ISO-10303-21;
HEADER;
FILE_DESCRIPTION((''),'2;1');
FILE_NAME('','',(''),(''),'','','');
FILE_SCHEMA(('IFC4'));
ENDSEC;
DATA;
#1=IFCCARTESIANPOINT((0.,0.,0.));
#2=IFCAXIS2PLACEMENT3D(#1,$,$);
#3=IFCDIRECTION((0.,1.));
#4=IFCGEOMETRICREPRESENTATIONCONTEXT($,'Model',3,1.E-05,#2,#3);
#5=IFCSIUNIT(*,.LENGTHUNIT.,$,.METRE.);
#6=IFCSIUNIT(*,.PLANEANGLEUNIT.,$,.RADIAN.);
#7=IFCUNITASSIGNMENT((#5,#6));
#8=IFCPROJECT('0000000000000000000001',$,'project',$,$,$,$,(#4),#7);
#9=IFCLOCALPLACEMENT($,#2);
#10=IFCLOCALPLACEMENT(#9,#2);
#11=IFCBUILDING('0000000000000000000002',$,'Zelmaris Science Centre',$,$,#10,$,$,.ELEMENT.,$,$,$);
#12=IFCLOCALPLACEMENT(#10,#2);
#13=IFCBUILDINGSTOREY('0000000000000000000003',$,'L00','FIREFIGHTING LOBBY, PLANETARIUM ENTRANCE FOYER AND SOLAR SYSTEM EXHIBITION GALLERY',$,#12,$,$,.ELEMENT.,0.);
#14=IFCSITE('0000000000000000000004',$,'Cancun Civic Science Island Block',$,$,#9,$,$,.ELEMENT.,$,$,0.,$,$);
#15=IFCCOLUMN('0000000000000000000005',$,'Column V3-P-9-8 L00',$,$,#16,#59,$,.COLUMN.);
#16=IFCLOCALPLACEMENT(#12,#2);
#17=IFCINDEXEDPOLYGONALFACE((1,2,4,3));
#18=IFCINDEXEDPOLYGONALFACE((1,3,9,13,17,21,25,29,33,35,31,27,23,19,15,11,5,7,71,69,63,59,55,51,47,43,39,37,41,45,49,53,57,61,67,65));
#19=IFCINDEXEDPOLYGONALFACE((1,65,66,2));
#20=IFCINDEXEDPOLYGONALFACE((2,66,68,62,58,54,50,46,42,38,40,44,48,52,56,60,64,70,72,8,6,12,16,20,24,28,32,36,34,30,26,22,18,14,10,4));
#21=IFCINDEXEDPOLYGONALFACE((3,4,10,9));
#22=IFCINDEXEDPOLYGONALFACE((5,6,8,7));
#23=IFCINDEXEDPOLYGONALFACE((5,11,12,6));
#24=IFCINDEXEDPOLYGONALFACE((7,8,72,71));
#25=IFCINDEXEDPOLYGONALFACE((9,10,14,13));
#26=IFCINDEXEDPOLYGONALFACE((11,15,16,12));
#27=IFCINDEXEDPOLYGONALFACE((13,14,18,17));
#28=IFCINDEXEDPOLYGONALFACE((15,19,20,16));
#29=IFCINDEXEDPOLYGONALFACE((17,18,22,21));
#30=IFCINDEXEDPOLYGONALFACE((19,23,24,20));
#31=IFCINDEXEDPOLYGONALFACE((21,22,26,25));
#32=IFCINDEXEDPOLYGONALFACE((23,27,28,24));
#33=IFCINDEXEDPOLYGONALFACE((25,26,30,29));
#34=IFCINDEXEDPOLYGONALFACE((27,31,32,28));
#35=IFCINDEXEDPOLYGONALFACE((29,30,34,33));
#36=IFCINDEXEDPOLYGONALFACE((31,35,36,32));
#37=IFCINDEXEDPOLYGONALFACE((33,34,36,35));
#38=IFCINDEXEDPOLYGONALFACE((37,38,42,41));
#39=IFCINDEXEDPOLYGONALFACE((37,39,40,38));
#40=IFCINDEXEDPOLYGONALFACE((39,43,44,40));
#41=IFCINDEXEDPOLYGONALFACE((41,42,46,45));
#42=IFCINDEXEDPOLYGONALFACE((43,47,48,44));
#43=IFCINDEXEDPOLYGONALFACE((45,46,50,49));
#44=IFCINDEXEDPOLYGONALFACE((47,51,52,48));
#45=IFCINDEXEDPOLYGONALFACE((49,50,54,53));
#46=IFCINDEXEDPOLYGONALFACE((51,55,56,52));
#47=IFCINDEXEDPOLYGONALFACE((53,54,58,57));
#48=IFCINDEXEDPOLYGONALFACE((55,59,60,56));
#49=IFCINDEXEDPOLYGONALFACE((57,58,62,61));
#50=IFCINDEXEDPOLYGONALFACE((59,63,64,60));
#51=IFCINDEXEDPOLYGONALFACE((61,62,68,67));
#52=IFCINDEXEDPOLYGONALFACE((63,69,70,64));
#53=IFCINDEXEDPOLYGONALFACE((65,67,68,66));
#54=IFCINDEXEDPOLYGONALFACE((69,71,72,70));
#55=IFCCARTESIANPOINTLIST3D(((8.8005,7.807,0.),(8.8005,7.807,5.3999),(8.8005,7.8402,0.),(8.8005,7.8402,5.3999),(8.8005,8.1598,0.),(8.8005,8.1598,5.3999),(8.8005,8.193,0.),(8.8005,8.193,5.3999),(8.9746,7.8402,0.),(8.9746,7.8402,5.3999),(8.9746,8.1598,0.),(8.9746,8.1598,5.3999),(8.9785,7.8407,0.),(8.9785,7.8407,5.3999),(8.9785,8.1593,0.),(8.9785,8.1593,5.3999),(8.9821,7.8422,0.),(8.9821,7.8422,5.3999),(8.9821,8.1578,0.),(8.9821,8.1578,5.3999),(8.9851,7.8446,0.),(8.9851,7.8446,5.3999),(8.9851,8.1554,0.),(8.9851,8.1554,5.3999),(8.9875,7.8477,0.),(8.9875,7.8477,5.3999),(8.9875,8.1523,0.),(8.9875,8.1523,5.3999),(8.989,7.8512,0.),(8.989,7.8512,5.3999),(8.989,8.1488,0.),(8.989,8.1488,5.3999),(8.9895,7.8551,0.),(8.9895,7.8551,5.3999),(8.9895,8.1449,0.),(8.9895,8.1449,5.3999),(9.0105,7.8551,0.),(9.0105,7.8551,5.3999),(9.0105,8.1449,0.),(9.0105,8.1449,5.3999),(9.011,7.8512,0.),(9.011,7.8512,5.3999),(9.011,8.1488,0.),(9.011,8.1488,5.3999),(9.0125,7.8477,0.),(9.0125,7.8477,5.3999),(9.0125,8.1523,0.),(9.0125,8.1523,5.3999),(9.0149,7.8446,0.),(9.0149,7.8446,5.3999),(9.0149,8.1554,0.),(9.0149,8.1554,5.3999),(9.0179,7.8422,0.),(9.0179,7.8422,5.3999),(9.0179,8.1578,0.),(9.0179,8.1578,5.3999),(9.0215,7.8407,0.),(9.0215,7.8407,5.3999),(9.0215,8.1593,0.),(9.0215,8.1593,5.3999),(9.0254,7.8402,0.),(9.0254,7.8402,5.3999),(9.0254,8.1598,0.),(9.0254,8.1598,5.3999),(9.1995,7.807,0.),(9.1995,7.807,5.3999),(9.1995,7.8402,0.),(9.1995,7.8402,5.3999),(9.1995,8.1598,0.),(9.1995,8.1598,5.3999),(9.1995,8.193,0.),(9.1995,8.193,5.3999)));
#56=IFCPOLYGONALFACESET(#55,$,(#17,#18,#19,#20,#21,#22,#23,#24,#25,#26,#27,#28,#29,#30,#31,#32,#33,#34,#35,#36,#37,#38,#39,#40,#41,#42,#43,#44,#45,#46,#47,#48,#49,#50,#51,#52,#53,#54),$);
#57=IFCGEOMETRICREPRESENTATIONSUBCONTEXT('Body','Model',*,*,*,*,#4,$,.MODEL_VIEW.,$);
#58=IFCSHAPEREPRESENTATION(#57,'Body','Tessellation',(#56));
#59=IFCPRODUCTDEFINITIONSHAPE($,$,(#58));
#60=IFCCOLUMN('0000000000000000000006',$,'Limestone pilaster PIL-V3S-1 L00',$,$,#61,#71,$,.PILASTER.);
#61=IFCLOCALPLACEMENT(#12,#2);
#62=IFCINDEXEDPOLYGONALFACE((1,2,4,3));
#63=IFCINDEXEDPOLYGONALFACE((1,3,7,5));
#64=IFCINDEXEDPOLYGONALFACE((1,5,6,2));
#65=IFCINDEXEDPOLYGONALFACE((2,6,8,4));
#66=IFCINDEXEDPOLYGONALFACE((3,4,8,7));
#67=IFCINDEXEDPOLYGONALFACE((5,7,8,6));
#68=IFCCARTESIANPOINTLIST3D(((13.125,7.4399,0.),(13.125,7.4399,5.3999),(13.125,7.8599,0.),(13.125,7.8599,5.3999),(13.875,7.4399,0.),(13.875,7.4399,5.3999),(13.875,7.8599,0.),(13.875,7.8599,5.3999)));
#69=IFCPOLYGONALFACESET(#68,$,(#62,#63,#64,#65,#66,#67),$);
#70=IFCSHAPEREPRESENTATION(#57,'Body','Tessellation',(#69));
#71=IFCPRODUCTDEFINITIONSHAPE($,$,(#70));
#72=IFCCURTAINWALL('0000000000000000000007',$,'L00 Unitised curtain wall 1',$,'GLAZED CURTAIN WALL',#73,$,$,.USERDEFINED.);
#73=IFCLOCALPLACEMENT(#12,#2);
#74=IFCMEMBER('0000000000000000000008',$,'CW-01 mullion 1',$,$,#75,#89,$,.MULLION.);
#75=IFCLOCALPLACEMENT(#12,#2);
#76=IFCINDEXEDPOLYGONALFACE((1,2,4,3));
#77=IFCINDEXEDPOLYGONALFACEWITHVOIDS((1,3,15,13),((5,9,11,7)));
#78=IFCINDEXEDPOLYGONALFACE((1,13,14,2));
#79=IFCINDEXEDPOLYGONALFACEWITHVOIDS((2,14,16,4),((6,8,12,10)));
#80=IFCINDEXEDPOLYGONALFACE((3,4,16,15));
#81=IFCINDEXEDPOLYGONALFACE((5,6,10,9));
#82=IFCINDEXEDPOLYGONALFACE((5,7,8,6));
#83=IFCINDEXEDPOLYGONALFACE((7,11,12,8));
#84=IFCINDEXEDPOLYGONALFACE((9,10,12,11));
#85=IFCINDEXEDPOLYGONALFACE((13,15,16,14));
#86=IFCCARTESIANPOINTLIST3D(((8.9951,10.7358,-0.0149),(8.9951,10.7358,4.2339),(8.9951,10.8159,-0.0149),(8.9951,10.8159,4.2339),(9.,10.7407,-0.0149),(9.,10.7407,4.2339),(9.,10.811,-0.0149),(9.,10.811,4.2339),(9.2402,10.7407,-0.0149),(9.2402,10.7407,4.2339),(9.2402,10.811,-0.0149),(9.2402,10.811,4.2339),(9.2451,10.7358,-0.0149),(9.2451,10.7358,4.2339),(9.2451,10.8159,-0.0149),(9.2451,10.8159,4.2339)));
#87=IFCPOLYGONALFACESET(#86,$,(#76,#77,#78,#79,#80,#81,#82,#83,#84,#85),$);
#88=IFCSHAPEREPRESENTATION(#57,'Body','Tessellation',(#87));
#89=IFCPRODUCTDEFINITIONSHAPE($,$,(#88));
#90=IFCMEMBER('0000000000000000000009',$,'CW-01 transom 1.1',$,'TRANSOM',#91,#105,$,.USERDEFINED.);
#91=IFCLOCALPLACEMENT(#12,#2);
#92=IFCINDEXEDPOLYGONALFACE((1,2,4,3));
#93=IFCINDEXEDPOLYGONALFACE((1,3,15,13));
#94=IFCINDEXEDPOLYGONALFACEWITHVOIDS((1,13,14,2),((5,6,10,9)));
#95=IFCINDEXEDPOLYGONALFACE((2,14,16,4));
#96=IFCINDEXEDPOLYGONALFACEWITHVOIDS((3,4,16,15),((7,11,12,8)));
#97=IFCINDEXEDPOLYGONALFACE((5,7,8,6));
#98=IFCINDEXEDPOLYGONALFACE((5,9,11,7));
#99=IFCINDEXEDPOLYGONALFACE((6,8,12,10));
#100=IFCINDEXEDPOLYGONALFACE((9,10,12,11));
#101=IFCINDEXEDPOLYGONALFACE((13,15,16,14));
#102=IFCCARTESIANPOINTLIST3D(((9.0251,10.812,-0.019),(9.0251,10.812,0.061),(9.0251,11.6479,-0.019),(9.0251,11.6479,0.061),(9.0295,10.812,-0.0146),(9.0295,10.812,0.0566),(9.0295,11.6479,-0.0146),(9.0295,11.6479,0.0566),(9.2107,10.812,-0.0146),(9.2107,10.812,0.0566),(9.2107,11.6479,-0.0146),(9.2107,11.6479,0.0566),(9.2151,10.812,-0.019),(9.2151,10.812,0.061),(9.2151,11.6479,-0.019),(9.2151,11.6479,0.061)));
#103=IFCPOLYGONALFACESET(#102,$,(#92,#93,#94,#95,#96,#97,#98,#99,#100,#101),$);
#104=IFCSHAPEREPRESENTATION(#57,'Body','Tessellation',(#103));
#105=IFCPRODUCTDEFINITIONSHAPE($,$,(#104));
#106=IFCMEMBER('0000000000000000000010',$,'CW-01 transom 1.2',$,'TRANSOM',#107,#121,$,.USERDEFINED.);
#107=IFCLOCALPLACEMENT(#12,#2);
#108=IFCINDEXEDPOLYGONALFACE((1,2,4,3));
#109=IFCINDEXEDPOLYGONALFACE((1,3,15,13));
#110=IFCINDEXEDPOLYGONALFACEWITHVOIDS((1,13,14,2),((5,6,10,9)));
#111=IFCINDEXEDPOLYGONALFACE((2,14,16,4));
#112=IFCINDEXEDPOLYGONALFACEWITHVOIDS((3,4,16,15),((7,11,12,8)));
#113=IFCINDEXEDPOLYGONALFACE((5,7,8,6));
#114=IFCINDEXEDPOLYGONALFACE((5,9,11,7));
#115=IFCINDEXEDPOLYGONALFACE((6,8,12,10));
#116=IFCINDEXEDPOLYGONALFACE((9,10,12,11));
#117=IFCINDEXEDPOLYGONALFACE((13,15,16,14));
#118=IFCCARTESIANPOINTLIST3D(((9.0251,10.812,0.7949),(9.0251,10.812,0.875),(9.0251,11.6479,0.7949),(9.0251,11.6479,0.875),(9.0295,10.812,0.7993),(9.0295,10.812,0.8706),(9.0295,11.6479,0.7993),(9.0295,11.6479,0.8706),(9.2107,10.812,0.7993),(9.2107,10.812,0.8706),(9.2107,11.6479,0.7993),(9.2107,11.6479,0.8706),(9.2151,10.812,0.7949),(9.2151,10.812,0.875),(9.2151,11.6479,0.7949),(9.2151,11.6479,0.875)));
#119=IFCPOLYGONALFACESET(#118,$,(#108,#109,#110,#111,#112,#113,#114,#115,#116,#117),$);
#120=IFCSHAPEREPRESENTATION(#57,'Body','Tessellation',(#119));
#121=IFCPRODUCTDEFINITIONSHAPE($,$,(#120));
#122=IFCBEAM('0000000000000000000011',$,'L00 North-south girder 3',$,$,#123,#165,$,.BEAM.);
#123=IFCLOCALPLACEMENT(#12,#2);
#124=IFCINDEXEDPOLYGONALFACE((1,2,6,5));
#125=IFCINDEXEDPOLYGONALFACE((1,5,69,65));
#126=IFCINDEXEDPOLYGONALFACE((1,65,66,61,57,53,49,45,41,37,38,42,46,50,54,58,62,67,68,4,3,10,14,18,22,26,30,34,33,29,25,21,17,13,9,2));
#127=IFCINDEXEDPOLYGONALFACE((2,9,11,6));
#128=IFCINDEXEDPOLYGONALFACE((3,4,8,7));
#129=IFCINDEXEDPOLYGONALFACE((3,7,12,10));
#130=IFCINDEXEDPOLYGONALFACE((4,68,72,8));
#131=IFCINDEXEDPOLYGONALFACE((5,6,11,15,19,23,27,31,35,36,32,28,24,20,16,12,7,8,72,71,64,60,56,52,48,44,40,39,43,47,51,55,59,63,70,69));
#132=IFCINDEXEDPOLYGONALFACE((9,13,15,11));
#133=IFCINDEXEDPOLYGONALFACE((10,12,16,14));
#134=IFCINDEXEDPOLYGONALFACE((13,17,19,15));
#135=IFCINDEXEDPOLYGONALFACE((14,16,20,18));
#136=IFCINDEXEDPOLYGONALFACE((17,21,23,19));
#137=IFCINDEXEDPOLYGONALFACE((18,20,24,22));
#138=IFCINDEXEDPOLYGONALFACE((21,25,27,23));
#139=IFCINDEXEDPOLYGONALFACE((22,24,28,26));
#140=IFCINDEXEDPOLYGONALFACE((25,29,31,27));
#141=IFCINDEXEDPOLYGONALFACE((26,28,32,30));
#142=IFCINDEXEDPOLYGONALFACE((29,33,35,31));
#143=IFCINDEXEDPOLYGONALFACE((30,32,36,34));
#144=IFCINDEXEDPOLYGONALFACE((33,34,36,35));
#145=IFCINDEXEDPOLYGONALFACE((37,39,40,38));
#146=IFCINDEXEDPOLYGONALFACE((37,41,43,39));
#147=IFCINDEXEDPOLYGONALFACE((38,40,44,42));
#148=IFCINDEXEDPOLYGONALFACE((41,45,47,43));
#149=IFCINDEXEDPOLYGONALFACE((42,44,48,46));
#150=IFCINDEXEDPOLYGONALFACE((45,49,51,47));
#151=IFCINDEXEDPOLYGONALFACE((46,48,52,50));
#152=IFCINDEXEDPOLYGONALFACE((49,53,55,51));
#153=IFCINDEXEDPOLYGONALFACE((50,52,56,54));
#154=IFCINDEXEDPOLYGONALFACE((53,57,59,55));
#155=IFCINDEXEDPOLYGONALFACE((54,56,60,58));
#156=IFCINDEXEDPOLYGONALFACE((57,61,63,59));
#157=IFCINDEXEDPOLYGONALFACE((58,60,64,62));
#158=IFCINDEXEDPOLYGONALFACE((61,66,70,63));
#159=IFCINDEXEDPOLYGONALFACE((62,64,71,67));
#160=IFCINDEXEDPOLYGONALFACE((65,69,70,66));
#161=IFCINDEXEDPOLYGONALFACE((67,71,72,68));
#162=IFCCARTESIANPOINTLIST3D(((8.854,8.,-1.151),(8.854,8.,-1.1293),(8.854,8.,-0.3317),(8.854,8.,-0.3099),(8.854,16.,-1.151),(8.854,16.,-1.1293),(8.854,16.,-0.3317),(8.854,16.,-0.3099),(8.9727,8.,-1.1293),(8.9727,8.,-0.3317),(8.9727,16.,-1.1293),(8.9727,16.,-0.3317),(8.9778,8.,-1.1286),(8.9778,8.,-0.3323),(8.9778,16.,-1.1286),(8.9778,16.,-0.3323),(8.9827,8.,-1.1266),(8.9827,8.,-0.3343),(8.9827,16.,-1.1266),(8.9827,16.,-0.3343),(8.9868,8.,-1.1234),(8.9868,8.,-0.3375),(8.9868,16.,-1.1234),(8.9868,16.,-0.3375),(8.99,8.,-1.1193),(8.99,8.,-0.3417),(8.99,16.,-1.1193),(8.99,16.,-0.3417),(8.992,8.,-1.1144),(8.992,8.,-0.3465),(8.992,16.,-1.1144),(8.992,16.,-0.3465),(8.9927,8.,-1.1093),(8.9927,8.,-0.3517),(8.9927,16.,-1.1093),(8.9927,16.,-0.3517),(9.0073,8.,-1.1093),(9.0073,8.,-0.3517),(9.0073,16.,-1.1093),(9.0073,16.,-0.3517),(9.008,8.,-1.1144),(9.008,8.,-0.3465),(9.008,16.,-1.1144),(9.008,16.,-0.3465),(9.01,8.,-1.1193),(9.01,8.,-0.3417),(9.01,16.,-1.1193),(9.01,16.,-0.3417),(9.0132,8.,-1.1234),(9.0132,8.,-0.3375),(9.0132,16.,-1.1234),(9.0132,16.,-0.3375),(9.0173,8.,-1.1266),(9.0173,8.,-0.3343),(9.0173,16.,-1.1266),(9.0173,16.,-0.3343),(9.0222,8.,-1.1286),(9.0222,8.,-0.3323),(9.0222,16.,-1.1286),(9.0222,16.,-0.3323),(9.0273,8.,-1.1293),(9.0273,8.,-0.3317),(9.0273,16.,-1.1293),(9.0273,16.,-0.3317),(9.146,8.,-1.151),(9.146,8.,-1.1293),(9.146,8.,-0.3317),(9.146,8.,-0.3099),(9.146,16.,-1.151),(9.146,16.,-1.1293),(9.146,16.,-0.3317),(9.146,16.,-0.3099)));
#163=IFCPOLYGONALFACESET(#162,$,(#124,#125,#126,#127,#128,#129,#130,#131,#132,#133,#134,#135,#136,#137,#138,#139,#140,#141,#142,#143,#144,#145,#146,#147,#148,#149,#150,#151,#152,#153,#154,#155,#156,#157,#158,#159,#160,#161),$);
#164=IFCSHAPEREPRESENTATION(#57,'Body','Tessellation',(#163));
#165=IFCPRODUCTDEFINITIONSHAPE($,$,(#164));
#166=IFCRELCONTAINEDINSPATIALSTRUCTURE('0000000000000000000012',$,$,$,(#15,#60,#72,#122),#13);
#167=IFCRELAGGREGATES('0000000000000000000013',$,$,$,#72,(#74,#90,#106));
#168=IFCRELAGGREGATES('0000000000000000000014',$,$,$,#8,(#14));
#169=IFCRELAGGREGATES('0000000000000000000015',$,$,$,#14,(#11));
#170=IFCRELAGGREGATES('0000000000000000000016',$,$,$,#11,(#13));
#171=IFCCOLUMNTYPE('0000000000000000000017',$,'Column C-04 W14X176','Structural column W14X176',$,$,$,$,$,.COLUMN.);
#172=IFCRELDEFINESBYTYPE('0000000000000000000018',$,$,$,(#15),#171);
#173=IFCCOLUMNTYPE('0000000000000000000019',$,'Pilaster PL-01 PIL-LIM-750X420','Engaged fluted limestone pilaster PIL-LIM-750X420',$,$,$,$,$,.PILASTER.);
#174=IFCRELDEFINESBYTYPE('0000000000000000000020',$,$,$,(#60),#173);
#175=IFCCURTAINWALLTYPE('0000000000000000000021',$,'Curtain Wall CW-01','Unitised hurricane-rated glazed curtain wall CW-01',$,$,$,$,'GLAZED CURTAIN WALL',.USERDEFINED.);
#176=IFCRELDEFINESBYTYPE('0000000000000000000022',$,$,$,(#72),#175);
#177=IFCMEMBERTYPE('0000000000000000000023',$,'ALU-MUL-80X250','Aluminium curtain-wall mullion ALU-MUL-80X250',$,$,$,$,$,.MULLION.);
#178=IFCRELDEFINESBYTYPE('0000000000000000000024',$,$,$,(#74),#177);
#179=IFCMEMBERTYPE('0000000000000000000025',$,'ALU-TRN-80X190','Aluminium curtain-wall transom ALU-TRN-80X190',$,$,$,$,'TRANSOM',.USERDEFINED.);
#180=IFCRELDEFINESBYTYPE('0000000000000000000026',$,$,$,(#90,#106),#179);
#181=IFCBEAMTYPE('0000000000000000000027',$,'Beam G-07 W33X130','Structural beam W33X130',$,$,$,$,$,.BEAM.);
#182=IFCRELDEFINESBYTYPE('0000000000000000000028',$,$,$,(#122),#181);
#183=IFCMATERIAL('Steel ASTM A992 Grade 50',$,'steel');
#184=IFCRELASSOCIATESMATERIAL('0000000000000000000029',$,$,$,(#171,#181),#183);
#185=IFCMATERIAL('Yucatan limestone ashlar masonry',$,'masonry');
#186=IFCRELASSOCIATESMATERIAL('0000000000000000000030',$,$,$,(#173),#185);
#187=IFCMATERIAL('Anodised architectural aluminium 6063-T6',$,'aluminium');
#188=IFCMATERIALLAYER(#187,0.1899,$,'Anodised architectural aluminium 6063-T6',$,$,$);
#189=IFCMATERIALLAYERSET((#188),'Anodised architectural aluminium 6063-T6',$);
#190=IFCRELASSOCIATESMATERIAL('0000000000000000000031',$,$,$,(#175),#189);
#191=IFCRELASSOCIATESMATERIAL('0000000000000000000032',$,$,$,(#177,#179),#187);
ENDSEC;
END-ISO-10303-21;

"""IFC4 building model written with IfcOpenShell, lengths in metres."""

from ifc_helpers import new_model, si_unit, direction, frame, origin, origin_2d, place, context, subcontext, project, spatial, rectangle, hollow_rectangle, i_section, extrude, material, layer, layer_set, material_profile, profile_set, type_object, element, aggregate, save


model = new_model("IFC4")

# Units and contexts
model_context = context("Model", 3, precision=1e-05, world=origin(), true_north=direction((0.0, 1.0)))
body_context = subcontext(model_context, "Body", "Model", "MODEL_VIEW")
ifc_project = project(units=[si_unit("LENGTHUNIT", "METRE"), si_unit("PLANEANGLEUNIT", "RADIAN")], contexts=[model_context])

# Site, building, storey
site_placement = place(None, origin())
site = spatial("IfcSite", under=ifc_project, at=site_placement, Name="Cancun Civic Science Island Block", CompositionType="ELEMENT", RefElevation=0.0)
building_placement = place(site_placement, origin())
building = spatial("IfcBuilding", under=site, at=building_placement, Name="Zelmaris Science Centre", CompositionType="ELEMENT")
storey_placement = place(building_placement, origin())
storey = spatial("IfcBuildingStorey", under=building, at=storey_placement, Name="L00", Description="FIREFIGHTING LOBBY, PLANETARIUM ENTRANCE FOYER AND SOLAR SYSTEM EXHIBITION GALLERY", CompositionType="ELEMENT", Elevation=0.0)

# Columns
ifc_material_1 = material(Name="Steel ASTM A992 Grade 50", Category="steel")
ifc_material_profile_1 = material_profile(ifc_material_1, i_section(OverallWidth=0.3989, OverallDepth=0.386, WebThickness=0.021, FlangeThickness=0.0332, FilletRadius=0.0149, at=origin_2d()), Name="W14X176")
ifc_profile_set_1 = profile_set([ifc_material_profile_1], Name="Steel ASTM A992 Grade 50")
column_type_1 = type_object("IfcColumnType", Name="Column C-04 W14X176", Description="Structural column W14X176", PredefinedType="COLUMN", material=ifc_profile_set_1)
column_1_placement = place(storey_placement, frame((9.0, 8.0, 0.0), z_axis=(0.0, 0.0, 1.0), x_axis=(1.0, 0.0, 0.0)))
element("IfcColumn", 1, at=column_1_placement, inside=storey, type_object=column_type_1, Name="Column V3-P-9-8 L00", PredefinedType="COLUMN", context=body_context, shape_type="SweptSolid", body=[
    extrude(i_section(OverallWidth=0.3989, OverallDepth=0.386, WebThickness=0.021, FlangeThickness=0.0332, FilletRadius=0.0149, at=origin_2d()), origin(), (0.0, 0.0, 1.0), 5.3999),
])
ifc_material_2 = material(Name="Yucatan limestone ashlar masonry", Category="masonry")
ifc_material_profile_2 = material_profile(ifc_material_2, rectangle(XDim=0.75, YDim=0.4199, at=origin_2d()), Name="PIL-LIM-750X420")
ifc_profile_set_2 = profile_set([ifc_material_profile_2], Name="Yucatan limestone ashlar masonry")
column_type_2 = type_object("IfcColumnType", Name="Pilaster PL-01 PIL-LIM-750X420", Description="Engaged fluted limestone pilaster PIL-LIM-750X420", PredefinedType="PILASTER", material=ifc_profile_set_2)
column_2_placement = place(storey_placement, frame((13.5, 7.6499, 0.0), z_axis=(0.0, 0.0, 1.0), x_axis=(1.0, 0.0, 0.0)))
element("IfcColumn", 2, at=column_2_placement, inside=storey, type_object=column_type_2, Name="Limestone pilaster PIL-V3S-1 L00", PredefinedType="PILASTER", context=body_context, shape_type="SweptSolid", body=[
    extrude(rectangle(XDim=0.75, YDim=0.4199, at=origin_2d()), origin(), (0.0, 0.0, 1.0), 5.3999),
])

# Curtain wall, members
ifc_material_3 = material(Name="Anodised architectural aluminium 6063-T6", Category="aluminium")
ifc_layer_1 = layer(ifc_material_3, 0.1899, Name="Anodised architectural aluminium 6063-T6")
ifc_layer_set_1 = layer_set([ifc_layer_1], Name="Anodised architectural aluminium 6063-T6")
curtain_wall_type = type_object("IfcCurtainWallType", Name="Curtain Wall CW-01", Description="Unitised hurricane-rated glazed curtain wall CW-01", ElementType="GLAZED CURTAIN WALL", PredefinedType="USERDEFINED", material=ifc_layer_set_1)
curtain_wall_placement = place(storey_placement, origin())
curtain_wall = element("IfcCurtainWall", 3, at=curtain_wall_placement, inside=storey, type_object=curtain_wall_type, Name="L00 Unitised curtain wall 1", ObjectType="GLAZED CURTAIN WALL", PredefinedType="USERDEFINED")
ifc_material_profile_3 = material_profile(ifc_material_3, hollow_rectangle(XDim=0.0801, YDim=0.25, WallThickness=0.0049, at=origin_2d()), Name="ALU-MUL-80X250")
ifc_profile_set_3 = profile_set([ifc_material_profile_3], Name="Anodised architectural aluminium 6063-T6")
member_type_1 = type_object("IfcMemberType", Name="ALU-MUL-80X250", Description="Aluminium curtain-wall mullion ALU-MUL-80X250", PredefinedType="MULLION", material=ifc_profile_set_3)
member_1_placement = place(storey_placement, frame((9.1201, 10.7759, -0.0149), z_axis=(0.0, 0.0, 1.0), x_axis=(0.0, 1.0, 0.0)))
member_1 = element("IfcMember", 4, at=member_1_placement, type_object=member_type_1, Name="CW-01 mullion 1", PredefinedType="MULLION", context=body_context, shape_type="SweptSolid", body=[
    extrude(hollow_rectangle(XDim=0.0801, YDim=0.25, WallThickness=0.0049, at=origin_2d()), origin(), (0.0, 0.0, 1.0), 4.2488),
])
ifc_material_profile_4 = material_profile(ifc_material_3, hollow_rectangle(XDim=0.0801, YDim=0.1899, WallThickness=0.0044, at=origin_2d()), Name="ALU-TRN-80X190")
ifc_profile_set_4 = profile_set([ifc_material_profile_4], Name="Anodised architectural aluminium 6063-T6")
member_type_2 = type_object("IfcMemberType", Name="ALU-TRN-80X190", Description="Aluminium curtain-wall transom ALU-TRN-80X190", ElementType="TRANSOM", PredefinedType="USERDEFINED", material=ifc_profile_set_4)
member_2_placement = place(storey_placement, frame((9.1201, 10.812, 0.021), z_axis=(0.0, 1.0, 0.0), x_axis=(0.0, 0.0, 1.0)))
member_2 = element("IfcMember", 5, at=member_2_placement, type_object=member_type_2, Name="CW-01 transom 1.1", ObjectType="TRANSOM", PredefinedType="USERDEFINED", context=body_context, shape_type="SweptSolid", body=[
    extrude(hollow_rectangle(XDim=0.0801, YDim=0.1899, WallThickness=0.0044, at=origin_2d()), origin(), (0.0, 0.0, 1.0), 0.8359),
])
member_3_placement = place(storey_placement, frame((9.1201, 10.812, 0.835), z_axis=(0.0, 1.0, 0.0), x_axis=(0.0, 0.0, 1.0)))
member_3 = element("IfcMember", 6, at=member_3_placement, type_object=member_type_2, Name="CW-01 transom 1.2", ObjectType="TRANSOM", PredefinedType="USERDEFINED", context=body_context, shape_type="SweptSolid", body=[
    extrude(hollow_rectangle(XDim=0.0801, YDim=0.1899, WallThickness=0.0044, at=origin_2d()), origin(), (0.0, 0.0, 1.0), 0.8359),
])
aggregate(curtain_wall, [member_1, member_2, member_3])

# Beam
ifc_material_profile_5 = material_profile(ifc_material_1, i_section(OverallWidth=0.292, OverallDepth=0.8411, WebThickness=0.0146, FlangeThickness=0.0217, FilletRadius=0.02, at=origin_2d()), Name="W33X130")
ifc_profile_set_5 = profile_set([ifc_material_profile_5], Name="Steel ASTM A992 Grade 50")
beam_type_1 = type_object("IfcBeamType", Name="Beam G-07 W33X130", Description="Structural beam W33X130", PredefinedType="BEAM", material=ifc_profile_set_5)
beam_1_placement = place(storey_placement, frame((9.0, 8.0, -0.7305), z_axis=(0.0, 1.0, 0.0), x_axis=(-1.0, 0.0, 0.0)))
element("IfcBeam", 7, at=beam_1_placement, inside=storey, type_object=beam_type_1, Name="L00 North-south girder 3", PredefinedType="BEAM", context=body_context, shape_type="SweptSolid", body=[
    extrude(i_section(OverallWidth=0.292, OverallDepth=0.8411, WebThickness=0.0146, FlangeThickness=0.0217, FilletRadius=0.02, at=origin_2d()), origin(), (0.0, 0.0, 1.0), 8.0),
])

save(model, "model.ifc")
